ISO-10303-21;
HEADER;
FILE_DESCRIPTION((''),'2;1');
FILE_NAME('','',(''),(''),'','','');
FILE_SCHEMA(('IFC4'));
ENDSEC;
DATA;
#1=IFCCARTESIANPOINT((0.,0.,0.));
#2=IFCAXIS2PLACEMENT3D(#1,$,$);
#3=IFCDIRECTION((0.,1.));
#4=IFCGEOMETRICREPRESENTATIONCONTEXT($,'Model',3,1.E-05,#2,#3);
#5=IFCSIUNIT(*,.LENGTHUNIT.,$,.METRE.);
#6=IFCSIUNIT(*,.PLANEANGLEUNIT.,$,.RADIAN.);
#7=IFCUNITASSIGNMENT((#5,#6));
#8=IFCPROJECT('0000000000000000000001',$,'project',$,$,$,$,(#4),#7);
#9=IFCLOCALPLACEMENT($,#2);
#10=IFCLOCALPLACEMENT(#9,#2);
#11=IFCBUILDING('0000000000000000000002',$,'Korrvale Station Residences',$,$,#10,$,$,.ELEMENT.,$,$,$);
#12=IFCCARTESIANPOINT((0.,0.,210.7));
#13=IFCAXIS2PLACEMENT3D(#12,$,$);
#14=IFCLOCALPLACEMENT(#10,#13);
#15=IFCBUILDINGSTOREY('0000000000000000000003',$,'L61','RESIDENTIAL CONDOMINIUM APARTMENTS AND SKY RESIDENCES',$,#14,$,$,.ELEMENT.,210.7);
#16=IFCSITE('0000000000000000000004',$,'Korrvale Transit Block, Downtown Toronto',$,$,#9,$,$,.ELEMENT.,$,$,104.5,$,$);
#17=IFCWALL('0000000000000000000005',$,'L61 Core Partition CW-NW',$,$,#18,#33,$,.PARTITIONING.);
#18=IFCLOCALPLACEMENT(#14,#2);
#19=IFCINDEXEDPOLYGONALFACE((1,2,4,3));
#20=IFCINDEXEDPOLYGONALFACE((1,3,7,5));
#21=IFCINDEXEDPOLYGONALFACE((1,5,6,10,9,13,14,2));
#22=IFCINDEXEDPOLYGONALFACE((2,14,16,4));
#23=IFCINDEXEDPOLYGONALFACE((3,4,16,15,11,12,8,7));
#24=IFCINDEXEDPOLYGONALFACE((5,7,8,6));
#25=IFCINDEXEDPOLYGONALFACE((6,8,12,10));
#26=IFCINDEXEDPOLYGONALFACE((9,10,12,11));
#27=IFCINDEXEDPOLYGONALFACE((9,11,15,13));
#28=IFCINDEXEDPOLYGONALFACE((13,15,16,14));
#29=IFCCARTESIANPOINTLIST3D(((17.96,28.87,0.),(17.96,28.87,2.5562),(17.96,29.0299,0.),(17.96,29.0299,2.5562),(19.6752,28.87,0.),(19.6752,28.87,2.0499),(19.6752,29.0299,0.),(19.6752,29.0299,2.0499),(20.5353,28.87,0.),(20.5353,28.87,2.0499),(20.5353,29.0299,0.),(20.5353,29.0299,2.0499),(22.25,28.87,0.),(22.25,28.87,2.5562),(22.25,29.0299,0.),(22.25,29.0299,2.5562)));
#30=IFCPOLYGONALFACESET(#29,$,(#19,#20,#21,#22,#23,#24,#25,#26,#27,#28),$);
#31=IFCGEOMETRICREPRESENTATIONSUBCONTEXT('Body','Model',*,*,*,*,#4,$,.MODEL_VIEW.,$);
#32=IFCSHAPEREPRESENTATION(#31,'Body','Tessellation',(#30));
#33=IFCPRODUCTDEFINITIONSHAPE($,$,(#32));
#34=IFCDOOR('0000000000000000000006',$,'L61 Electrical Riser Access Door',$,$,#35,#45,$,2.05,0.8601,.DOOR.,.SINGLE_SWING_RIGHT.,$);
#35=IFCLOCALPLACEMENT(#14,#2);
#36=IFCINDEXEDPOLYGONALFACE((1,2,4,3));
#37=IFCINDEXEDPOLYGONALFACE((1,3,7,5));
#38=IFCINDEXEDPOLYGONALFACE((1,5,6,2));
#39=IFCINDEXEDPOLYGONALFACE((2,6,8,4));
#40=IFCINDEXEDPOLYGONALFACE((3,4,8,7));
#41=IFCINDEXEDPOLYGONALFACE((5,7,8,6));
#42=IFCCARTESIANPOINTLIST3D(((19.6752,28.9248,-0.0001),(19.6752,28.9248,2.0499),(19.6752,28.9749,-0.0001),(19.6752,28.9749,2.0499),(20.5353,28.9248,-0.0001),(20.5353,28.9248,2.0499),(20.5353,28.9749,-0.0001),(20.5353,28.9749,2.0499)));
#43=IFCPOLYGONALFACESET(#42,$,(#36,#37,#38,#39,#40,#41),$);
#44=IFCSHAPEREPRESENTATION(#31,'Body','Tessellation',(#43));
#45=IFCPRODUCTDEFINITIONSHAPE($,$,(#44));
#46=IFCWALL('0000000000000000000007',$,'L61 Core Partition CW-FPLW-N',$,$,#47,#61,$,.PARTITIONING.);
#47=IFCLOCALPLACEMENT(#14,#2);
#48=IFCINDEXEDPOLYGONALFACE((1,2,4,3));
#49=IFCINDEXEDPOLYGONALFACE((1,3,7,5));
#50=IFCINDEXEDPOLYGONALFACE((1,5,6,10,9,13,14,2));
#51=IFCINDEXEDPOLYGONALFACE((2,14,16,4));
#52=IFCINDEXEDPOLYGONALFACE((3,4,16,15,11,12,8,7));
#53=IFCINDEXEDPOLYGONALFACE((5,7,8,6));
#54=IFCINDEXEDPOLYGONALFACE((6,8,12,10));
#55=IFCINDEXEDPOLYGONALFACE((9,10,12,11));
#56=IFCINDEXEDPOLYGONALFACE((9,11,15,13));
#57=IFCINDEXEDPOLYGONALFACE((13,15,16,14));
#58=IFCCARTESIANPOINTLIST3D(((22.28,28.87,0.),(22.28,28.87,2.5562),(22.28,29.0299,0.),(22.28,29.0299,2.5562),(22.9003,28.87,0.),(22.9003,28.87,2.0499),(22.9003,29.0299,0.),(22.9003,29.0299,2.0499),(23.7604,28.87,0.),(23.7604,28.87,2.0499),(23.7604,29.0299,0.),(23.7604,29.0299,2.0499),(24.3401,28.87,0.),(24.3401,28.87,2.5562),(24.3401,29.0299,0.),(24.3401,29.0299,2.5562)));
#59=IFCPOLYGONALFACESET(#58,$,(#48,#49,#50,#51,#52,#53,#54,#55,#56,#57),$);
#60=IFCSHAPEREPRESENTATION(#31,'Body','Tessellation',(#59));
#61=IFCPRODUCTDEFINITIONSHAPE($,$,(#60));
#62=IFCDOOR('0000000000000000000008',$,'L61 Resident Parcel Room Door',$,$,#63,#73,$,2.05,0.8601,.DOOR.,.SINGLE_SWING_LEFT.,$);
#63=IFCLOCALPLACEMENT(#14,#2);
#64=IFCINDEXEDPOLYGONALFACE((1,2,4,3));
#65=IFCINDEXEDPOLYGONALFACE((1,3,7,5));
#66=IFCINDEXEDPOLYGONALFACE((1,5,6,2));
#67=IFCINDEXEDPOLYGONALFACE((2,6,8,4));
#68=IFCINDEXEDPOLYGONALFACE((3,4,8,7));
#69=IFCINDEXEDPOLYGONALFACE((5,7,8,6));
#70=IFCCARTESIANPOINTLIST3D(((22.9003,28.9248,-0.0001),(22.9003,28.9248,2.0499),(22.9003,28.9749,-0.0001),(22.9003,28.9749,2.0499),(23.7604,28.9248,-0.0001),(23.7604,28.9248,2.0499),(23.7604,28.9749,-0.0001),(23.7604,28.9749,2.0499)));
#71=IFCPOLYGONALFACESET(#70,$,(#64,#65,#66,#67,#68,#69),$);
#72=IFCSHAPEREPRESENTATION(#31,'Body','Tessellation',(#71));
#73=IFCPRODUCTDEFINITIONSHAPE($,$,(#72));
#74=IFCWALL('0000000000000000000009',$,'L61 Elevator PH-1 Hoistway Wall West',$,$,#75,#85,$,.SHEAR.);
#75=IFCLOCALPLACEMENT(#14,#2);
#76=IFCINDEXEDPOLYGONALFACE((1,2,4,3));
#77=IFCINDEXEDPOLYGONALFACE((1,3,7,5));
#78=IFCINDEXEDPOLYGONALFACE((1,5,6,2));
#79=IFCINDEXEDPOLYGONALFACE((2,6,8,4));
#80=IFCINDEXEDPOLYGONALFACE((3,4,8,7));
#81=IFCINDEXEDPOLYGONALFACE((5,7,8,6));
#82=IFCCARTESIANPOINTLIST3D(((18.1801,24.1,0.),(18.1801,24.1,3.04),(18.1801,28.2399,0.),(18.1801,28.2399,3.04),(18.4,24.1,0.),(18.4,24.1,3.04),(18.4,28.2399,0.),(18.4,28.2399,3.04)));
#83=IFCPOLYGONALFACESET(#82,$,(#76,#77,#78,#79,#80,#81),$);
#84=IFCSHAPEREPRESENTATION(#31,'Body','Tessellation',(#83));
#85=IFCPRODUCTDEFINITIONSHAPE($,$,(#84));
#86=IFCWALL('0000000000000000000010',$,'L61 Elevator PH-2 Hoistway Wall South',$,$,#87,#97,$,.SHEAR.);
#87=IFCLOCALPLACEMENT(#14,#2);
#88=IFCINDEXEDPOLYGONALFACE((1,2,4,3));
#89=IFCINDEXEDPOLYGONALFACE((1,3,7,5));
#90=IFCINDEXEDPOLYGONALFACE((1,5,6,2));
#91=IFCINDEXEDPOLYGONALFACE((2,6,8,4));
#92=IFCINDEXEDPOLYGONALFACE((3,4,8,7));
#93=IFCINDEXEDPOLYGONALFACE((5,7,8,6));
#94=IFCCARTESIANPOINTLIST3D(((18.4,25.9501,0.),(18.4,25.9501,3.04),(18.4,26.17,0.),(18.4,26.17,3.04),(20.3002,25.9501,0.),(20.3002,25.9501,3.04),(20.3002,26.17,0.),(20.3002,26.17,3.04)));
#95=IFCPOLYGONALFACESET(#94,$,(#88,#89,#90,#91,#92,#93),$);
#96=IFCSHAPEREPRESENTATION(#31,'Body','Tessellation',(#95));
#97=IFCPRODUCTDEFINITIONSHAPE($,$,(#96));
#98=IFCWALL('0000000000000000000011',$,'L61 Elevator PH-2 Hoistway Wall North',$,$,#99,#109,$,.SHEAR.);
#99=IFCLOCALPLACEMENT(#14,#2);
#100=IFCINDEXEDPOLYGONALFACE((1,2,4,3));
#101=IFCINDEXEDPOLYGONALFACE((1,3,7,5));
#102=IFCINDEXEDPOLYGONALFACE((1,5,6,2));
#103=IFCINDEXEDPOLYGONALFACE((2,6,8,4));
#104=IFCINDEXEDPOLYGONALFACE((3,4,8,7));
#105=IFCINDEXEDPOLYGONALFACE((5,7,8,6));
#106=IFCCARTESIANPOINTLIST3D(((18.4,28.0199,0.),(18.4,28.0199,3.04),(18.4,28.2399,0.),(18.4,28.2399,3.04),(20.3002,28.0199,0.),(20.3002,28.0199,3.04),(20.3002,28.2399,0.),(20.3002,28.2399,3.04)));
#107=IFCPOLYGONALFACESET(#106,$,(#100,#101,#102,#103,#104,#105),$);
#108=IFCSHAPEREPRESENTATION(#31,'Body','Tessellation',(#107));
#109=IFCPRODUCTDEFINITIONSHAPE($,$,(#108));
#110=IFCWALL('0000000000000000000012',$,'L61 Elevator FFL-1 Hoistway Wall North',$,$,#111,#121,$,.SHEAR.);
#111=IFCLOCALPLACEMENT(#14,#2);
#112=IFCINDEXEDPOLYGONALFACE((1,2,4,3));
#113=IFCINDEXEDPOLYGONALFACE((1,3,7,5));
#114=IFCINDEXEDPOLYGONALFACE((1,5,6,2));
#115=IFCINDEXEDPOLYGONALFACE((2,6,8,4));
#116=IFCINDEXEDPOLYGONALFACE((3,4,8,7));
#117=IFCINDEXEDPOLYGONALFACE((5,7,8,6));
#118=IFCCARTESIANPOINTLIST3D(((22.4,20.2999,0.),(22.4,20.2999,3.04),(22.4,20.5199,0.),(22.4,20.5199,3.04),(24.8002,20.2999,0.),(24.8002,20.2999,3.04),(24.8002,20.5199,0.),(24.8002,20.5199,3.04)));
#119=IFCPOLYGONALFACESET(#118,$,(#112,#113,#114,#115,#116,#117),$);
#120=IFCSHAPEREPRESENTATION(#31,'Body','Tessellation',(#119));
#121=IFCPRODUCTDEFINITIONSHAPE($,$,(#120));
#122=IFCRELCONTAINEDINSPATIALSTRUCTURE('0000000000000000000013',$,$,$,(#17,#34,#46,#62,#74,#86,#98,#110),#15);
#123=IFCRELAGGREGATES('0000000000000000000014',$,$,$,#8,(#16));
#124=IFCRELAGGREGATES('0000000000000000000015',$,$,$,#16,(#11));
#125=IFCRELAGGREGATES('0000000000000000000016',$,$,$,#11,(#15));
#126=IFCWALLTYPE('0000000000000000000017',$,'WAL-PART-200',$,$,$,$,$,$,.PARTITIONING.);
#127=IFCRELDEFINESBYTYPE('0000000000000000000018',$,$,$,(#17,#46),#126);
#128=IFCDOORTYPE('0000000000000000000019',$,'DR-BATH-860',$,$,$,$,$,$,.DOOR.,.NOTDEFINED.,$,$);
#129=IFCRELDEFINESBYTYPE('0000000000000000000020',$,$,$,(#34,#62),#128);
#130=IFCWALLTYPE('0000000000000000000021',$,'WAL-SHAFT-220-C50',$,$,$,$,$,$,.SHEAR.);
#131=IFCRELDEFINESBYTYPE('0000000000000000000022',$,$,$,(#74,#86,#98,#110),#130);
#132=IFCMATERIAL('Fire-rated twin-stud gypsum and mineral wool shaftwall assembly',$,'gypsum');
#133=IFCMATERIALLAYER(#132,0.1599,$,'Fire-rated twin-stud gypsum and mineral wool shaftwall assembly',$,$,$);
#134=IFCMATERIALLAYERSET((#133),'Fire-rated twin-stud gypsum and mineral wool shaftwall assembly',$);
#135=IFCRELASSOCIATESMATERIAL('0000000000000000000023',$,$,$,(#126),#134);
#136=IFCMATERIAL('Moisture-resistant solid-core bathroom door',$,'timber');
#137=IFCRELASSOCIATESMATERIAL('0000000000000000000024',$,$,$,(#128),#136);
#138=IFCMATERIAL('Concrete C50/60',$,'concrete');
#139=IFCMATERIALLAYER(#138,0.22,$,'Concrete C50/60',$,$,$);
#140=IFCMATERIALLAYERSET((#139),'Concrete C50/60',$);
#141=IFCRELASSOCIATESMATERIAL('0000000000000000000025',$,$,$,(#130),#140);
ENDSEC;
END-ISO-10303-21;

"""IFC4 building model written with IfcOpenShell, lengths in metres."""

from ifc_helpers import new_model, si_unit, direction, frame, frame_2d, origin, place, context, subcontext, project, spatial, rectangle, extrude, material, layer, layer_set, type_object, element, fill, save


model = new_model("IFC4")

# Units and contexts
model_context = context("Model", 3, precision=1e-05, world=origin(), true_north=direction((0.0, 1.0)))
body_context = subcontext(model_context, "Body", "Model", "MODEL_VIEW")
ifc_project = project(units=[si_unit("LENGTHUNIT", "METRE"), si_unit("PLANEANGLEUNIT", "RADIAN")], contexts=[model_context])

# Site, building, storey
site_placement = place(None, origin())
site = spatial("IfcSite", under=ifc_project, at=site_placement, Name="Korrvale Transit Block, Downtown Toronto", CompositionType="ELEMENT", RefElevation=104.5)
building_placement = place(site_placement, origin())
building = spatial("IfcBuilding", under=site, at=building_placement, Name="Korrvale Station Residences", CompositionType="ELEMENT")
storey_placement = place(building_placement, frame((0.0, 0.0, 210.7)))
storey = spatial("IfcBuildingStorey", under=building, at=storey_placement, Name="L61", Description="RESIDENTIAL CONDOMINIUM APARTMENTS AND SKY RESIDENCES", CompositionType="ELEMENT", Elevation=210.7)

# Shared definitions
ifc_material_1 = material(Name="Concrete C50/60", Category="concrete")

# Shared definitions
ifc_material_2 = material(Name="Fire-rated twin-stud gypsum and mineral wool shaftwall assembly", Category="gypsum")
ifc_layer_1 = layer(ifc_material_2, 0.1599, Name="Fire-rated twin-stud gypsum and mineral wool shaftwall assembly")
ifc_layer_set_1 = layer_set([ifc_layer_1], Name="Fire-rated twin-stud gypsum and mineral wool shaftwall assembly")
wall_type_1 = type_object("IfcWallType", Name="WAL-PART-200", PredefinedType="PARTITIONING", material=ifc_layer_set_1)

# Walls, openings, doors
wall_1_placement = place(storey_placement, frame((17.96, 28.95, 0.0), z_axis=(0.0, 0.0, 1.0), x_axis=(1.0, 0.0, 0.0)))
wall_1 = element("IfcWall", 1, at=wall_1_placement, inside=storey, type_object=wall_type_1, Name="L61 Core Partition CW-NW", PredefinedType="PARTITIONING", context=body_context, shape_type="SweptSolid", body=[
    extrude(rectangle(XDim=4.29, YDim=0.1599, at=frame_2d((2.145, 0.0))), origin(), (0.0, 0.0, 1.0), 2.5562),
])
opening_1_placement = place(wall_1_placement, frame((1.7151, 0.0, 0.0)))
opening_1 = element("IfcOpeningElement", 2, at=opening_1_placement, cuts=wall_1, PredefinedType="OPENING", context=body_context, shape_type="SweptSolid", body=[
    extrude(rectangle(XDim=0.8601, YDim=2.05, at=frame_2d((0.4302, 1.0249))), frame((0.0, 0.0898, 0.0), z_axis=(0.0, -1.0, 0.0), x_axis=(1.0, 0.0, 0.0)), (0.0, 0.0, 1.0), 0.1799),
])
ifc_material_3 = material(Name="Moisture-resistant solid-core bathroom door", Category="timber")
door_type_1 = type_object("IfcDoorType", Name="DR-BATH-860", OperationType="NOTDEFINED", PredefinedType="DOOR", material=ifc_material_3)
door_1_placement = place(opening_1_placement, origin())
door_1 = element("IfcDoor", 3, at=door_1_placement, inside=storey, type_object=door_type_1, Name="L61 Electrical Riser Access Door", OperationType="SINGLE_SWING_RIGHT", OverallHeight=2.05, OverallWidth=0.8601, PredefinedType="DOOR", context=body_context, shape_type="SweptSolid", body=[
    extrude(rectangle(XDim=0.8601, YDim=2.05, at=frame_2d((0.4302, 1.0249))), frame((0.0, 0.0249, 0.0), z_axis=(0.0, -1.0, 0.0), x_axis=(1.0, 0.0, 0.0)), (0.0, 0.0, 1.0), 0.05),
])
fill(opening_1, door_1)
wall_2_placement = place(storey_placement, frame((22.28, 28.95, 0.0), z_axis=(0.0, 0.0, 1.0), x_axis=(1.0, 0.0, 0.0)))
wall_2 = element("IfcWall", 4, at=wall_2_placement, inside=storey, type_object=wall_type_1, Name="L61 Core Partition CW-FPLW-N", PredefinedType="PARTITIONING", context=body_context, shape_type="SweptSolid", body=[
    extrude(rectangle(XDim=2.0601, YDim=0.1599, at=frame_2d((1.03, 0.0))), origin(), (0.0, 0.0, 1.0), 2.5562),
])
opening_2_placement = place(wall_2_placement, frame((0.6201, 0.0, 0.0)))
opening_2 = element("IfcOpeningElement", 5, at=opening_2_placement, cuts=wall_2, PredefinedType="OPENING", context=body_context, shape_type="SweptSolid", body=[
    extrude(rectangle(XDim=0.8601, YDim=2.05, at=frame_2d((0.4302, 1.0249))), frame((0.0, 0.0898, 0.0), z_axis=(0.0, -1.0, 0.0), x_axis=(1.0, 0.0, 0.0)), (0.0, 0.0, 1.0), 0.1799),
])
door_2_placement = place(opening_2_placement, origin())
door_2 = element("IfcDoor", 6, at=door_2_placement, inside=storey, type_object=door_type_1, Name="L61 Resident Parcel Room Door", OperationType="SINGLE_SWING_LEFT", OverallHeight=2.05, OverallWidth=0.8601, PredefinedType="DOOR", context=body_context, shape_type="SweptSolid", body=[
    extrude(rectangle(XDim=0.8601, YDim=2.05, at=frame_2d((0.4302, 1.0249))), frame((0.0, 0.0249, 0.0), z_axis=(0.0, -1.0, 0.0), x_axis=(1.0, 0.0, 0.0)), (0.0, 0.0, 1.0), 0.05),
])
fill(opening_2, door_2)

# Wall
ifc_layer_2 = layer(ifc_material_1, 0.22, Name="Concrete C50/60")
ifc_layer_set_2 = layer_set([ifc_layer_2], Name="Concrete C50/60")
wall_type_2 = type_object("IfcWallType", Name="WAL-SHAFT-220-C50", PredefinedType="SHEAR", material=ifc_layer_set_2)
wall_3_placement = place(storey_placement, frame((18.29, 24.1001, 0.0), z_axis=(0.0, 0.0, 1.0), x_axis=(0.0, 1.0, 0.0)))
element("IfcWall", 7, at=wall_3_placement, inside=storey, type_object=wall_type_2, Name="L61 Elevator PH-1 Hoistway Wall West", PredefinedType="SHEAR", context=body_context, shape_type="SweptSolid", body=[
    extrude(rectangle(XDim=4.1399, YDim=0.22, at=frame_2d((2.0698, 0.0))), origin(), (0.0, 0.0, 1.0), 3.04),
])

# Walls
for number, where, z_axis, x_axis, name in (
    (8, (18.3999, 26.0601, 0.0), (0.0, 0.0, 1.0), (1.0, 0.0, 0.0), "L61 Elevator PH-2 Hoistway Wall South"),
    (9, (18.3999, 28.1299, 0.0), (0.0, 0.0, 1.0), (1.0, 0.0, 0.0), "L61 Elevator PH-2 Hoistway Wall North"),
):
    element("IfcWall", number, at=place(storey_placement, frame(where, z_axis=z_axis, x_axis=x_axis)), inside=storey, type_object=wall_type_2, Name=name, PredefinedType="SHEAR", context=body_context, shape_type="SweptSolid", body=[
        extrude(rectangle(XDim=1.9001, YDim=0.22, at=frame_2d((0.9502, 0.0))), origin(), (0.0, 0.0, 1.0), 3.04),
    ])

# Wall
wall_4_placement = place(storey_placement, frame((22.3999, 20.4099, 0.0), z_axis=(0.0, 0.0, 1.0), x_axis=(1.0, 0.0, 0.0)))
element("IfcWall", 10, at=wall_4_placement, inside=storey, type_object=wall_type_2, Name="L61 Elevator FFL-1 Hoistway Wall North", PredefinedType="SHEAR", context=body_context, shape_type="SweptSolid", body=[
    extrude(rectangle(XDim=2.4001, YDim=0.22, at=frame_2d((1.2002, 0.0))), origin(), (0.0, 0.0, 1.0), 3.04),
])

save(model, "model.ifc")
